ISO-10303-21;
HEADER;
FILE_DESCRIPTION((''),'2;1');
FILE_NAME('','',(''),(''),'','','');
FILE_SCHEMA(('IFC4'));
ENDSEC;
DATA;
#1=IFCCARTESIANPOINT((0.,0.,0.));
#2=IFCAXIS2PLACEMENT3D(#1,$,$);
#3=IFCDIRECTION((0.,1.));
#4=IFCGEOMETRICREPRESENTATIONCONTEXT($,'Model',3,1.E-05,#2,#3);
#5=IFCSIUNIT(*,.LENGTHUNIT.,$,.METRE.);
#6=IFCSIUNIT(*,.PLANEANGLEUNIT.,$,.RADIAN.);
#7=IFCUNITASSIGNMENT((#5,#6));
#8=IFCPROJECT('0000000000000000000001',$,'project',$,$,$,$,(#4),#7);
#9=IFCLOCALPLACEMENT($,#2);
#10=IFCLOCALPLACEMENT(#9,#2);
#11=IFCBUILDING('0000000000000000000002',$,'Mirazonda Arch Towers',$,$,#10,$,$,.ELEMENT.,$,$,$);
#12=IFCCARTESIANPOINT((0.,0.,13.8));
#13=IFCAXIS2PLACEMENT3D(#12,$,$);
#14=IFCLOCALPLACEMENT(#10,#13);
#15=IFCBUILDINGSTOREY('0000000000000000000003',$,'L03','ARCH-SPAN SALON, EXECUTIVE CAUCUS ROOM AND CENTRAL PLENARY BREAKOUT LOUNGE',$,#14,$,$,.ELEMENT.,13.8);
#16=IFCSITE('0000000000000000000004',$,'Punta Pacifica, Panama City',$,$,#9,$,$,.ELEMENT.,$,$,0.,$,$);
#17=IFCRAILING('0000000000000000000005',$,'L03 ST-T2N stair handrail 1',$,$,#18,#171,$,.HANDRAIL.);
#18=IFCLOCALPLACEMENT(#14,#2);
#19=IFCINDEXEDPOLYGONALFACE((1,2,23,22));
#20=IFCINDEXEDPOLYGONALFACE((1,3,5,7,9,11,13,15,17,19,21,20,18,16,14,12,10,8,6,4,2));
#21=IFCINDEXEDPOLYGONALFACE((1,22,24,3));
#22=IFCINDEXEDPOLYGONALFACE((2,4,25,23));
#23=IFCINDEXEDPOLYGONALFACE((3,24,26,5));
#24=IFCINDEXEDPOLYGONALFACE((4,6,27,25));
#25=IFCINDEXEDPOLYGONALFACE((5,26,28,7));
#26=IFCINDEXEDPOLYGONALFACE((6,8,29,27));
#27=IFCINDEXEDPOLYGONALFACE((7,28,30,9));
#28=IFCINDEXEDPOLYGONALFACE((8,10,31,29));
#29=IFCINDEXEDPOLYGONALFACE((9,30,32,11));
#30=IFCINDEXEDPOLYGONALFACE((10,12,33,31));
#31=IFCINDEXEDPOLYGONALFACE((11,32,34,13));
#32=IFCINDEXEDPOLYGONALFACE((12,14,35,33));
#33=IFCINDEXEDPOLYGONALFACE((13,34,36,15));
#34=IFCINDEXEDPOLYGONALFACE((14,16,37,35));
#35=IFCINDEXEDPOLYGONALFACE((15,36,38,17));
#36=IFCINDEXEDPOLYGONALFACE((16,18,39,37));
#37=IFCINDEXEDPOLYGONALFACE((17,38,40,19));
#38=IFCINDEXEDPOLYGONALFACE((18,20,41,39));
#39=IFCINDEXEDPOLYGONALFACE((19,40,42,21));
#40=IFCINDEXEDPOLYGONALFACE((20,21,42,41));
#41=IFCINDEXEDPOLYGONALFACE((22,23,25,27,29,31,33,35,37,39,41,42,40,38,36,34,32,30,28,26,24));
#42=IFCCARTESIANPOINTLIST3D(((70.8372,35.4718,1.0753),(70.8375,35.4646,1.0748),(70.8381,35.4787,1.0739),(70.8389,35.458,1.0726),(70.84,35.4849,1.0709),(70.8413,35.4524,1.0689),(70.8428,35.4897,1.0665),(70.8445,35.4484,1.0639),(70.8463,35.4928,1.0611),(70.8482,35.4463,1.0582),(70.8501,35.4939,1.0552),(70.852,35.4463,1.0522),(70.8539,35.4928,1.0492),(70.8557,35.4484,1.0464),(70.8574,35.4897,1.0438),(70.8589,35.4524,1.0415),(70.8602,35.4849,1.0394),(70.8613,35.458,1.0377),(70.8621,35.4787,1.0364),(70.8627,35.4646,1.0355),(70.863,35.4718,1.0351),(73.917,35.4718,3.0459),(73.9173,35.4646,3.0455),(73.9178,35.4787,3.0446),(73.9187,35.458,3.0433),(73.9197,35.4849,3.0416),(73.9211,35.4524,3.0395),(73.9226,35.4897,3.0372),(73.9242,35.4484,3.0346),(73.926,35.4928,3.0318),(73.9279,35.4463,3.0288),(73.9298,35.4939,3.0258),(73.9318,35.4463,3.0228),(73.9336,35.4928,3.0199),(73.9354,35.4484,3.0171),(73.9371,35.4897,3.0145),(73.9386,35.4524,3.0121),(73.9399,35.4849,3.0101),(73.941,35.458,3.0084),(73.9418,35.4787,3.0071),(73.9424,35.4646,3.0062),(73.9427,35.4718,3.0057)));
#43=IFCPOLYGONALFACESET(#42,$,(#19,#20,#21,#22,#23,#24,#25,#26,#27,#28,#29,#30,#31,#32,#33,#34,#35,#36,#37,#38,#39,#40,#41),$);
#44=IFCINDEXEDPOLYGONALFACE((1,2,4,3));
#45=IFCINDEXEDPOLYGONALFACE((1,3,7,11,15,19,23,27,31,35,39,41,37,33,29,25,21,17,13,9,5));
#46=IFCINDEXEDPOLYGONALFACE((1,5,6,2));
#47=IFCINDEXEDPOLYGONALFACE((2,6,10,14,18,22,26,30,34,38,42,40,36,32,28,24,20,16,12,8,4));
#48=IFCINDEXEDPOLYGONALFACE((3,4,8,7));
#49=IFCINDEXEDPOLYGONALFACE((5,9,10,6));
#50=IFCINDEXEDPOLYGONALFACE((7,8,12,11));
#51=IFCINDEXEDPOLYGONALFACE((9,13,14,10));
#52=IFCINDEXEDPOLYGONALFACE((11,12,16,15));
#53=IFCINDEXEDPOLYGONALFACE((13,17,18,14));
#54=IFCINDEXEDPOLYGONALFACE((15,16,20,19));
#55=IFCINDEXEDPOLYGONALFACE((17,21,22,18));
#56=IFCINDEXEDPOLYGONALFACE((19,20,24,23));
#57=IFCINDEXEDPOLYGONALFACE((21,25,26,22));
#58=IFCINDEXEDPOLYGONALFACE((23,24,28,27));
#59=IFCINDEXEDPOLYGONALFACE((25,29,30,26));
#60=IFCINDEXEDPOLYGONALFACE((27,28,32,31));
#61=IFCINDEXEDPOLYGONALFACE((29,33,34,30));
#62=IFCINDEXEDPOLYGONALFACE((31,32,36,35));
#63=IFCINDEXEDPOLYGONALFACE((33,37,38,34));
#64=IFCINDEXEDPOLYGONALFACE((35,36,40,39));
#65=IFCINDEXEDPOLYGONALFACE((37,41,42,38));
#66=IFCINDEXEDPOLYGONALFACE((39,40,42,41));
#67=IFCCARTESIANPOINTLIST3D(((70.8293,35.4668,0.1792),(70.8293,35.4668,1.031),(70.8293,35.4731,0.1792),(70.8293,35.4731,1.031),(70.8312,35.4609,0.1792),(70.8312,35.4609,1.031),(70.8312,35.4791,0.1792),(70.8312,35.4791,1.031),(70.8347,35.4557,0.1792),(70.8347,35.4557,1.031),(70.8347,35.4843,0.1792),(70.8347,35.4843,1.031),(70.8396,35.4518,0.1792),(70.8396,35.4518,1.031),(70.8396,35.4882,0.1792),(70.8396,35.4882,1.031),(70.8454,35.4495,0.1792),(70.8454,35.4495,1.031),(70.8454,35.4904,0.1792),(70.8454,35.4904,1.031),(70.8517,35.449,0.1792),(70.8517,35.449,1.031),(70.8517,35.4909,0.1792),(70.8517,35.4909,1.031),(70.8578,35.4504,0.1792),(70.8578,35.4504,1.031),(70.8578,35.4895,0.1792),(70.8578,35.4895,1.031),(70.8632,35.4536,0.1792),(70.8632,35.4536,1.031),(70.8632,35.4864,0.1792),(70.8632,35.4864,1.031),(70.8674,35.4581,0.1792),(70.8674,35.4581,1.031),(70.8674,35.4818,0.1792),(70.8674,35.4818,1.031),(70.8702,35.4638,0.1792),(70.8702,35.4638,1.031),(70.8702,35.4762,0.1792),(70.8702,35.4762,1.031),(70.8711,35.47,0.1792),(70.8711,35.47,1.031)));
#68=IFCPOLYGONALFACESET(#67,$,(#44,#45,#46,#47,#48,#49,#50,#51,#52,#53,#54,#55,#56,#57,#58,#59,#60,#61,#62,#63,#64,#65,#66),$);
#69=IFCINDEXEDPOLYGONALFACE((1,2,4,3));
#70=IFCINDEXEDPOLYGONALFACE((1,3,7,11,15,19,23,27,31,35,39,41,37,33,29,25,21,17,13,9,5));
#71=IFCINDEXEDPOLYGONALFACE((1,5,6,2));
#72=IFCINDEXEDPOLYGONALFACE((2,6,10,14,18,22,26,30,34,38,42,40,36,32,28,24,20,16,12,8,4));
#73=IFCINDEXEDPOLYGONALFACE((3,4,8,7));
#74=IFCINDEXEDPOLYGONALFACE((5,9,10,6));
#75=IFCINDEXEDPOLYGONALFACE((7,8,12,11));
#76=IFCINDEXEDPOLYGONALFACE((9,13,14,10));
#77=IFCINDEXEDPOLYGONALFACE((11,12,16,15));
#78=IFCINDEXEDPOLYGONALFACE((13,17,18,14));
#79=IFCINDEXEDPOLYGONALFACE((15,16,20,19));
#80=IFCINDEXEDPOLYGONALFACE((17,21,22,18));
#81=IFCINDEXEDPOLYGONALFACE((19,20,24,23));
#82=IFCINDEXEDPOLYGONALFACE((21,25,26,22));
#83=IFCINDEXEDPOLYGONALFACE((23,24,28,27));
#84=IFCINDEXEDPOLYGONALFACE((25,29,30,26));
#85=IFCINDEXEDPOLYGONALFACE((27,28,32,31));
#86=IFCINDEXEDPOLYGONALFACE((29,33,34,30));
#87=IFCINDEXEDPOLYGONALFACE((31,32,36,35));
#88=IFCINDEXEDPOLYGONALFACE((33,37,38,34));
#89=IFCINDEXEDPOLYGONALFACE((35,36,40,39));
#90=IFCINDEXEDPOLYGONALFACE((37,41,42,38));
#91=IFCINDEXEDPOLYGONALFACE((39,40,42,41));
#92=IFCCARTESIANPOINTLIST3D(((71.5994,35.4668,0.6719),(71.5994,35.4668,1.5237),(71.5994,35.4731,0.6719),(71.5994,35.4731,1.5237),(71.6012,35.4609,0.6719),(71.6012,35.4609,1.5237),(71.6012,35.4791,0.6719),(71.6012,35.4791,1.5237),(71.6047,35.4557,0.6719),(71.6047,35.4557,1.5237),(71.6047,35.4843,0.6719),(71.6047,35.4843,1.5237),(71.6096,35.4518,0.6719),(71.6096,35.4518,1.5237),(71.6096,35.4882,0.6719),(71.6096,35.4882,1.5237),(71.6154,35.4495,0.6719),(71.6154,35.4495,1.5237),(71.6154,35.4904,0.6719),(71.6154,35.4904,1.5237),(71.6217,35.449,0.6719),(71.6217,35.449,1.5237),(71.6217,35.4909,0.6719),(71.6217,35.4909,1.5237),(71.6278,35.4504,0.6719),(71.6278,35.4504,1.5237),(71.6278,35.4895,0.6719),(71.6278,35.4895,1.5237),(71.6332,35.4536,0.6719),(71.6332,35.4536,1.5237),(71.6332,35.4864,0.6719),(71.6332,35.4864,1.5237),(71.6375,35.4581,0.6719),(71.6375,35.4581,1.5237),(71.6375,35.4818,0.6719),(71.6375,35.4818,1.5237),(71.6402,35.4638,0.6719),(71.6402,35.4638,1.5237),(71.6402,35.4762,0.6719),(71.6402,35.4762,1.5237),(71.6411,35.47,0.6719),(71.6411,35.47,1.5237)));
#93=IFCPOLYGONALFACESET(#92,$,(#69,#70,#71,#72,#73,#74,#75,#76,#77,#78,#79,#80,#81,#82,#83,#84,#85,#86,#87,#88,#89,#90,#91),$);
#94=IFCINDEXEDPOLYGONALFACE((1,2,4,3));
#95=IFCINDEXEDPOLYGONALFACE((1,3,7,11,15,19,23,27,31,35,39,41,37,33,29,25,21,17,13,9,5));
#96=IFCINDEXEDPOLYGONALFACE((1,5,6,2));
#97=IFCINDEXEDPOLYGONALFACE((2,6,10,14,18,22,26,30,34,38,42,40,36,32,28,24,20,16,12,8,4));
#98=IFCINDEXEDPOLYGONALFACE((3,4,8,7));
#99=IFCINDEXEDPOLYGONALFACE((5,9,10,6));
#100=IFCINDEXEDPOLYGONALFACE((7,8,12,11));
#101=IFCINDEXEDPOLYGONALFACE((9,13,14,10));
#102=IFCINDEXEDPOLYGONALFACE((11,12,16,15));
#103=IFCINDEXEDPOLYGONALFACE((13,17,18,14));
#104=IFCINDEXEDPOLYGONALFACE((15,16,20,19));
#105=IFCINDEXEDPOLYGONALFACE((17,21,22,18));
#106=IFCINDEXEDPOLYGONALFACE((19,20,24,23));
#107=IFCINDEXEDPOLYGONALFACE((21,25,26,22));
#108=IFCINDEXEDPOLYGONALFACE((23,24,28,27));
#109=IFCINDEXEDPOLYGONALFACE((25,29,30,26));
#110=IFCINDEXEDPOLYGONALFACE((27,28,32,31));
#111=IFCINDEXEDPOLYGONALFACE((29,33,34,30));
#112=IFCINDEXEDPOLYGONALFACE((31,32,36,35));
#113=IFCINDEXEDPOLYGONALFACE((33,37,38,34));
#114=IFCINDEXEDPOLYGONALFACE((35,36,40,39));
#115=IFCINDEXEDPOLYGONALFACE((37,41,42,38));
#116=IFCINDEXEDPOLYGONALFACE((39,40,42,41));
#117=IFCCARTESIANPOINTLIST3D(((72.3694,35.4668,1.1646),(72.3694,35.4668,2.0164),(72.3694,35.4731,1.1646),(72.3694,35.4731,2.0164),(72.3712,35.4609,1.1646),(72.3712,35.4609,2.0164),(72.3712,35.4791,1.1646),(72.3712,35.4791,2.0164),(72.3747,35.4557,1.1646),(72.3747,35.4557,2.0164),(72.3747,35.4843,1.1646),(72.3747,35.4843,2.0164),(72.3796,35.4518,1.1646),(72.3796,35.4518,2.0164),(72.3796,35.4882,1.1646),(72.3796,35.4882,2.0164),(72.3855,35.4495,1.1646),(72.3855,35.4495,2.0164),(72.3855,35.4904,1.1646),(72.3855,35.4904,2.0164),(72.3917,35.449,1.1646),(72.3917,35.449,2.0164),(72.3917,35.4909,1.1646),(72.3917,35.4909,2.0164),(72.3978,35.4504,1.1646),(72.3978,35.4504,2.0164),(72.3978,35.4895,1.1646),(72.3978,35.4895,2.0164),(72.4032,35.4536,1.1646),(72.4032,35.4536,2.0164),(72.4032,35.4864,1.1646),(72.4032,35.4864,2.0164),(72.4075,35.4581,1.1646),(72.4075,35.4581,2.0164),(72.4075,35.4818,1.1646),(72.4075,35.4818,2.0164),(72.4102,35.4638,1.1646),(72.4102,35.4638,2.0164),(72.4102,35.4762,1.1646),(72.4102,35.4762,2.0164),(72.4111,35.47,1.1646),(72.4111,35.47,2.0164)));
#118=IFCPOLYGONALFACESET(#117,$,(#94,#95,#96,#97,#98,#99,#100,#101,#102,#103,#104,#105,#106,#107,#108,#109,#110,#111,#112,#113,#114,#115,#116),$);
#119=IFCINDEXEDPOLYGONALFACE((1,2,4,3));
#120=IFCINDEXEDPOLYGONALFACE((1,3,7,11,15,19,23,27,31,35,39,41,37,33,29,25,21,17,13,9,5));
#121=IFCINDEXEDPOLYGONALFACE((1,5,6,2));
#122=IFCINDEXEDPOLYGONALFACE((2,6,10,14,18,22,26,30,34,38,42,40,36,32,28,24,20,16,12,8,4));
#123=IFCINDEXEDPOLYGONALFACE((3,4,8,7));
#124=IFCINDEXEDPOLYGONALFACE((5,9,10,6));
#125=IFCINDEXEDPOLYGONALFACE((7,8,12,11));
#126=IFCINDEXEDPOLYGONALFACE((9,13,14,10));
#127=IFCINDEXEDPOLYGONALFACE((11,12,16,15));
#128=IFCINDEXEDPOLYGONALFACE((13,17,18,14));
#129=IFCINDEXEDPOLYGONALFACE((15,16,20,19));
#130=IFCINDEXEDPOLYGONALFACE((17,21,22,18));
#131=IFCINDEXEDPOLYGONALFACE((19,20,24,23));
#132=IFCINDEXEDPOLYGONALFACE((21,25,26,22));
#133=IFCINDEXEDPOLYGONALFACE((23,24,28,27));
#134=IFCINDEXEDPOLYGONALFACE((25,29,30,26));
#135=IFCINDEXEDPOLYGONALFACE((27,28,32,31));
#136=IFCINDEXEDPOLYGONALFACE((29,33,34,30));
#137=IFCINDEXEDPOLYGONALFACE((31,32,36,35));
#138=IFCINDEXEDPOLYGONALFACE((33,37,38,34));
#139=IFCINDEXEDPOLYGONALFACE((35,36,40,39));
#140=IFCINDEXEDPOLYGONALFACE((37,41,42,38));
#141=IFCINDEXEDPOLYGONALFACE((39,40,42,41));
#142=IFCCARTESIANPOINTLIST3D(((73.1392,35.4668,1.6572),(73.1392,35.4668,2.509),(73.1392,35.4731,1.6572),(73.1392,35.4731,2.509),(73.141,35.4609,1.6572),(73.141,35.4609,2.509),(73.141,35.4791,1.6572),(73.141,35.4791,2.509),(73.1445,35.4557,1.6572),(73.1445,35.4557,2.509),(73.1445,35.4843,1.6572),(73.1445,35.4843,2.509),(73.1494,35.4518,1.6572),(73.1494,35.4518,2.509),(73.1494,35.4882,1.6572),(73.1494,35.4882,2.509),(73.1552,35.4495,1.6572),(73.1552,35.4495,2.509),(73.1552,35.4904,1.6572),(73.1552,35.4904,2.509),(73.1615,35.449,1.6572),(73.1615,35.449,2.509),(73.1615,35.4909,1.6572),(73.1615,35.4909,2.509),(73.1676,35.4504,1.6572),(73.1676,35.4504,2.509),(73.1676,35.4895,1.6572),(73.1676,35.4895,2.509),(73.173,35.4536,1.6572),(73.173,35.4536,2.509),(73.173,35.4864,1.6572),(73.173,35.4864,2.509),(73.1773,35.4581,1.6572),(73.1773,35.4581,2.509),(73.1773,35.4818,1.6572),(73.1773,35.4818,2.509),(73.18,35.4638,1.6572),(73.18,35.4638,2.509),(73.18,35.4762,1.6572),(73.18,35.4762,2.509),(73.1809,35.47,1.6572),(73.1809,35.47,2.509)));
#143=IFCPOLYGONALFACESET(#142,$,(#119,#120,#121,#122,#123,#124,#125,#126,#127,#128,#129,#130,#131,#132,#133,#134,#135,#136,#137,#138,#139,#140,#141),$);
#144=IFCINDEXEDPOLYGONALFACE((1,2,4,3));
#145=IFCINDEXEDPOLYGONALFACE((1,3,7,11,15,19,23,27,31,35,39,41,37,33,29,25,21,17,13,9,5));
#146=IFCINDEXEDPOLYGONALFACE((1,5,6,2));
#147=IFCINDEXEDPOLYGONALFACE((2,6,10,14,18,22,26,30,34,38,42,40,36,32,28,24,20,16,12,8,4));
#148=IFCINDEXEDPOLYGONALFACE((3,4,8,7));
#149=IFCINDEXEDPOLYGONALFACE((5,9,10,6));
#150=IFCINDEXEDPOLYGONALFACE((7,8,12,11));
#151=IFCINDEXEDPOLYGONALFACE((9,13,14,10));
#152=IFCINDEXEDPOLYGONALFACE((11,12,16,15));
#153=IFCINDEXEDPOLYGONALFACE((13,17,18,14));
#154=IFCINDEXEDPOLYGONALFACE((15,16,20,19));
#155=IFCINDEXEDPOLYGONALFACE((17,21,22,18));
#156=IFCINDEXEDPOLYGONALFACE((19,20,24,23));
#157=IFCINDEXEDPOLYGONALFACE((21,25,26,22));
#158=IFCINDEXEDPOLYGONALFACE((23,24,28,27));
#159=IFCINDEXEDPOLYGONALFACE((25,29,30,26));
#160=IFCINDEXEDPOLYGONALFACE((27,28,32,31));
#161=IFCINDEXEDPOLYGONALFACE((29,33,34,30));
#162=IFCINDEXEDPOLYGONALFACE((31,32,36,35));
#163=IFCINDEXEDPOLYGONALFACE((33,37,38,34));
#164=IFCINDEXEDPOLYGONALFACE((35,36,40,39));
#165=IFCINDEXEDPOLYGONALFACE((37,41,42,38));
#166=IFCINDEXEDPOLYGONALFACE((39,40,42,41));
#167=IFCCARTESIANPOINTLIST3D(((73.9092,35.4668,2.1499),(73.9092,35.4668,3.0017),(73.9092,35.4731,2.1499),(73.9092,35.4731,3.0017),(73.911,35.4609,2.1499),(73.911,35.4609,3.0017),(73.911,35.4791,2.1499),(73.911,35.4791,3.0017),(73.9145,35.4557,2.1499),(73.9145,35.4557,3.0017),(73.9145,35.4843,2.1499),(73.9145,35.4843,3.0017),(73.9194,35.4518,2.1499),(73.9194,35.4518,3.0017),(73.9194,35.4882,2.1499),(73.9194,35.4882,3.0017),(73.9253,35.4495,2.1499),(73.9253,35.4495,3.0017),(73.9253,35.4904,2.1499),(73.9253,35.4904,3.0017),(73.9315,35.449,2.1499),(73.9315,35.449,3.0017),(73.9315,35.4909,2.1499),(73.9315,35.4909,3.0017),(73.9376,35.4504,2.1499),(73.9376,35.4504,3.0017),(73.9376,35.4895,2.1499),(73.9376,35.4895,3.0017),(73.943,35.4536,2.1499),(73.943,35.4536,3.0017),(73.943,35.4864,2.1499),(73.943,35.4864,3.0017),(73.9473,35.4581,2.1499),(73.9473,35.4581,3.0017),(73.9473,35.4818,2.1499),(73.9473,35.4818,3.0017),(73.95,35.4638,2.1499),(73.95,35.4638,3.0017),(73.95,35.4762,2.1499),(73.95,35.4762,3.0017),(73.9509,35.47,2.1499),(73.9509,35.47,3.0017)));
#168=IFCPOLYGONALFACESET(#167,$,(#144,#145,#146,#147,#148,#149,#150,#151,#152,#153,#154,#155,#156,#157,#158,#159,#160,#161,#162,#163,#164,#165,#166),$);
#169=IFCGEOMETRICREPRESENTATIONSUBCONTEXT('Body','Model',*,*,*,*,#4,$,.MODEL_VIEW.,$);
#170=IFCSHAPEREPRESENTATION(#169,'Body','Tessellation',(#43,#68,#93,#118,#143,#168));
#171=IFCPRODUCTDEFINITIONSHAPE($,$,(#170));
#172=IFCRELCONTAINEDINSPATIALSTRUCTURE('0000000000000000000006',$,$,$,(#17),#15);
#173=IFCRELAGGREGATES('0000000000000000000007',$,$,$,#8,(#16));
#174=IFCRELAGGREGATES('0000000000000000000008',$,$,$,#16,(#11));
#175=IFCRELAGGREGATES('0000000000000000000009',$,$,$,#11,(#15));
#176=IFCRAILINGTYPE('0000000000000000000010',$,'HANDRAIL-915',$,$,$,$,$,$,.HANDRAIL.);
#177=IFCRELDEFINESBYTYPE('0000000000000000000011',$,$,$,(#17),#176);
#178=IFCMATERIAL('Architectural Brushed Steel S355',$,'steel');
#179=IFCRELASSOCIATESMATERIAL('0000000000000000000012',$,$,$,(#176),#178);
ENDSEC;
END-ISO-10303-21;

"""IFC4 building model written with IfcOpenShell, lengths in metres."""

from ifc_helpers import new_model, si_unit, direction, frame, origin, origin_2d, place, context, subcontext, project, spatial, circle, extrude, material, type_object, element, save


model = new_model("IFC4")

# Units and contexts
model_context = context("Model", 3, precision=1e-05, world=origin(), true_north=direction((0.0, 1.0)))
body_context = subcontext(model_context, "Body", "Model", "MODEL_VIEW")
ifc_project = project(units=[si_unit("LENGTHUNIT", "METRE"), si_unit("PLANEANGLEUNIT", "RADIAN")], contexts=[model_context])

# Site, building, storey
site_placement = place(None, origin())
site = spatial("IfcSite", under=ifc_project, at=site_placement, Name="Punta Pacifica, Panama City", CompositionType="ELEMENT", RefElevation=0.0)
building_placement = place(site_placement, origin())
building = spatial("IfcBuilding", under=site, at=building_placement, Name="Mirazonda Arch Towers", CompositionType="ELEMENT")
storey_placement = place(building_placement, frame((0.0, 0.0, 13.8)))
storey = spatial("IfcBuildingStorey", under=building, at=storey_placement, Name="L03", Description="ARCH-SPAN SALON, EXECUTIVE CAUCUS ROOM AND CENTRAL PLENARY BREAKOUT LOUNGE", CompositionType="ELEMENT", Elevation=13.8)

# Shared definitions
ifc_material_1 = material(Name="Architectural Brushed Steel S355", Category="steel")

# Railing
railing_type_1 = type_object("IfcRailingType", Name="HANDRAIL-915", PredefinedType="HANDRAIL", material=ifc_material_1)
railing_1_placement = place(storey_placement, frame((70.8501, 35.47, 0.1792)))
element("IfcRailing", 1, at=railing_1_placement, inside=storey, type_object=railing_type_1, Name="L03 ST-T2N stair handrail 1", PredefinedType="HANDRAIL", context=body_context, shape_type="SweptSolid", body=[
    extrude(circle(Radius=0.0239, at=origin_2d()), frame((0.0, 0.0, 0.876), z_axis=(0.84232, 0.0, 0.538978), x_axis=(0.0, 1.0, 0.0)), (0.0, 0.0, 1.0), 3.6562),
    extrude(circle(Radius=0.021, at=origin_2d()), origin(), (0.0, 0.0, 1.0), 0.8518),
    extrude(circle(Radius=0.021, at=origin_2d()), frame((0.77, 0.0, 0.4927)), (0.0, 0.0, 1.0), 0.8518),
    extrude(circle(Radius=0.021, at=origin_2d()), frame((1.54, 0.0, 0.9854)), (0.0, 0.0, 1.0), 0.8518),
    extrude(circle(Radius=0.021, at=origin_2d()), frame((2.3098, 0.0, 1.478)), (0.0, 0.0, 1.0), 0.8518),
    extrude(circle(Radius=0.021, at=origin_2d()), frame((3.0798, 0.0, 1.9707)), (0.0, 0.0, 1.0), 0.8518),
])

save(model, "model.ifc")
